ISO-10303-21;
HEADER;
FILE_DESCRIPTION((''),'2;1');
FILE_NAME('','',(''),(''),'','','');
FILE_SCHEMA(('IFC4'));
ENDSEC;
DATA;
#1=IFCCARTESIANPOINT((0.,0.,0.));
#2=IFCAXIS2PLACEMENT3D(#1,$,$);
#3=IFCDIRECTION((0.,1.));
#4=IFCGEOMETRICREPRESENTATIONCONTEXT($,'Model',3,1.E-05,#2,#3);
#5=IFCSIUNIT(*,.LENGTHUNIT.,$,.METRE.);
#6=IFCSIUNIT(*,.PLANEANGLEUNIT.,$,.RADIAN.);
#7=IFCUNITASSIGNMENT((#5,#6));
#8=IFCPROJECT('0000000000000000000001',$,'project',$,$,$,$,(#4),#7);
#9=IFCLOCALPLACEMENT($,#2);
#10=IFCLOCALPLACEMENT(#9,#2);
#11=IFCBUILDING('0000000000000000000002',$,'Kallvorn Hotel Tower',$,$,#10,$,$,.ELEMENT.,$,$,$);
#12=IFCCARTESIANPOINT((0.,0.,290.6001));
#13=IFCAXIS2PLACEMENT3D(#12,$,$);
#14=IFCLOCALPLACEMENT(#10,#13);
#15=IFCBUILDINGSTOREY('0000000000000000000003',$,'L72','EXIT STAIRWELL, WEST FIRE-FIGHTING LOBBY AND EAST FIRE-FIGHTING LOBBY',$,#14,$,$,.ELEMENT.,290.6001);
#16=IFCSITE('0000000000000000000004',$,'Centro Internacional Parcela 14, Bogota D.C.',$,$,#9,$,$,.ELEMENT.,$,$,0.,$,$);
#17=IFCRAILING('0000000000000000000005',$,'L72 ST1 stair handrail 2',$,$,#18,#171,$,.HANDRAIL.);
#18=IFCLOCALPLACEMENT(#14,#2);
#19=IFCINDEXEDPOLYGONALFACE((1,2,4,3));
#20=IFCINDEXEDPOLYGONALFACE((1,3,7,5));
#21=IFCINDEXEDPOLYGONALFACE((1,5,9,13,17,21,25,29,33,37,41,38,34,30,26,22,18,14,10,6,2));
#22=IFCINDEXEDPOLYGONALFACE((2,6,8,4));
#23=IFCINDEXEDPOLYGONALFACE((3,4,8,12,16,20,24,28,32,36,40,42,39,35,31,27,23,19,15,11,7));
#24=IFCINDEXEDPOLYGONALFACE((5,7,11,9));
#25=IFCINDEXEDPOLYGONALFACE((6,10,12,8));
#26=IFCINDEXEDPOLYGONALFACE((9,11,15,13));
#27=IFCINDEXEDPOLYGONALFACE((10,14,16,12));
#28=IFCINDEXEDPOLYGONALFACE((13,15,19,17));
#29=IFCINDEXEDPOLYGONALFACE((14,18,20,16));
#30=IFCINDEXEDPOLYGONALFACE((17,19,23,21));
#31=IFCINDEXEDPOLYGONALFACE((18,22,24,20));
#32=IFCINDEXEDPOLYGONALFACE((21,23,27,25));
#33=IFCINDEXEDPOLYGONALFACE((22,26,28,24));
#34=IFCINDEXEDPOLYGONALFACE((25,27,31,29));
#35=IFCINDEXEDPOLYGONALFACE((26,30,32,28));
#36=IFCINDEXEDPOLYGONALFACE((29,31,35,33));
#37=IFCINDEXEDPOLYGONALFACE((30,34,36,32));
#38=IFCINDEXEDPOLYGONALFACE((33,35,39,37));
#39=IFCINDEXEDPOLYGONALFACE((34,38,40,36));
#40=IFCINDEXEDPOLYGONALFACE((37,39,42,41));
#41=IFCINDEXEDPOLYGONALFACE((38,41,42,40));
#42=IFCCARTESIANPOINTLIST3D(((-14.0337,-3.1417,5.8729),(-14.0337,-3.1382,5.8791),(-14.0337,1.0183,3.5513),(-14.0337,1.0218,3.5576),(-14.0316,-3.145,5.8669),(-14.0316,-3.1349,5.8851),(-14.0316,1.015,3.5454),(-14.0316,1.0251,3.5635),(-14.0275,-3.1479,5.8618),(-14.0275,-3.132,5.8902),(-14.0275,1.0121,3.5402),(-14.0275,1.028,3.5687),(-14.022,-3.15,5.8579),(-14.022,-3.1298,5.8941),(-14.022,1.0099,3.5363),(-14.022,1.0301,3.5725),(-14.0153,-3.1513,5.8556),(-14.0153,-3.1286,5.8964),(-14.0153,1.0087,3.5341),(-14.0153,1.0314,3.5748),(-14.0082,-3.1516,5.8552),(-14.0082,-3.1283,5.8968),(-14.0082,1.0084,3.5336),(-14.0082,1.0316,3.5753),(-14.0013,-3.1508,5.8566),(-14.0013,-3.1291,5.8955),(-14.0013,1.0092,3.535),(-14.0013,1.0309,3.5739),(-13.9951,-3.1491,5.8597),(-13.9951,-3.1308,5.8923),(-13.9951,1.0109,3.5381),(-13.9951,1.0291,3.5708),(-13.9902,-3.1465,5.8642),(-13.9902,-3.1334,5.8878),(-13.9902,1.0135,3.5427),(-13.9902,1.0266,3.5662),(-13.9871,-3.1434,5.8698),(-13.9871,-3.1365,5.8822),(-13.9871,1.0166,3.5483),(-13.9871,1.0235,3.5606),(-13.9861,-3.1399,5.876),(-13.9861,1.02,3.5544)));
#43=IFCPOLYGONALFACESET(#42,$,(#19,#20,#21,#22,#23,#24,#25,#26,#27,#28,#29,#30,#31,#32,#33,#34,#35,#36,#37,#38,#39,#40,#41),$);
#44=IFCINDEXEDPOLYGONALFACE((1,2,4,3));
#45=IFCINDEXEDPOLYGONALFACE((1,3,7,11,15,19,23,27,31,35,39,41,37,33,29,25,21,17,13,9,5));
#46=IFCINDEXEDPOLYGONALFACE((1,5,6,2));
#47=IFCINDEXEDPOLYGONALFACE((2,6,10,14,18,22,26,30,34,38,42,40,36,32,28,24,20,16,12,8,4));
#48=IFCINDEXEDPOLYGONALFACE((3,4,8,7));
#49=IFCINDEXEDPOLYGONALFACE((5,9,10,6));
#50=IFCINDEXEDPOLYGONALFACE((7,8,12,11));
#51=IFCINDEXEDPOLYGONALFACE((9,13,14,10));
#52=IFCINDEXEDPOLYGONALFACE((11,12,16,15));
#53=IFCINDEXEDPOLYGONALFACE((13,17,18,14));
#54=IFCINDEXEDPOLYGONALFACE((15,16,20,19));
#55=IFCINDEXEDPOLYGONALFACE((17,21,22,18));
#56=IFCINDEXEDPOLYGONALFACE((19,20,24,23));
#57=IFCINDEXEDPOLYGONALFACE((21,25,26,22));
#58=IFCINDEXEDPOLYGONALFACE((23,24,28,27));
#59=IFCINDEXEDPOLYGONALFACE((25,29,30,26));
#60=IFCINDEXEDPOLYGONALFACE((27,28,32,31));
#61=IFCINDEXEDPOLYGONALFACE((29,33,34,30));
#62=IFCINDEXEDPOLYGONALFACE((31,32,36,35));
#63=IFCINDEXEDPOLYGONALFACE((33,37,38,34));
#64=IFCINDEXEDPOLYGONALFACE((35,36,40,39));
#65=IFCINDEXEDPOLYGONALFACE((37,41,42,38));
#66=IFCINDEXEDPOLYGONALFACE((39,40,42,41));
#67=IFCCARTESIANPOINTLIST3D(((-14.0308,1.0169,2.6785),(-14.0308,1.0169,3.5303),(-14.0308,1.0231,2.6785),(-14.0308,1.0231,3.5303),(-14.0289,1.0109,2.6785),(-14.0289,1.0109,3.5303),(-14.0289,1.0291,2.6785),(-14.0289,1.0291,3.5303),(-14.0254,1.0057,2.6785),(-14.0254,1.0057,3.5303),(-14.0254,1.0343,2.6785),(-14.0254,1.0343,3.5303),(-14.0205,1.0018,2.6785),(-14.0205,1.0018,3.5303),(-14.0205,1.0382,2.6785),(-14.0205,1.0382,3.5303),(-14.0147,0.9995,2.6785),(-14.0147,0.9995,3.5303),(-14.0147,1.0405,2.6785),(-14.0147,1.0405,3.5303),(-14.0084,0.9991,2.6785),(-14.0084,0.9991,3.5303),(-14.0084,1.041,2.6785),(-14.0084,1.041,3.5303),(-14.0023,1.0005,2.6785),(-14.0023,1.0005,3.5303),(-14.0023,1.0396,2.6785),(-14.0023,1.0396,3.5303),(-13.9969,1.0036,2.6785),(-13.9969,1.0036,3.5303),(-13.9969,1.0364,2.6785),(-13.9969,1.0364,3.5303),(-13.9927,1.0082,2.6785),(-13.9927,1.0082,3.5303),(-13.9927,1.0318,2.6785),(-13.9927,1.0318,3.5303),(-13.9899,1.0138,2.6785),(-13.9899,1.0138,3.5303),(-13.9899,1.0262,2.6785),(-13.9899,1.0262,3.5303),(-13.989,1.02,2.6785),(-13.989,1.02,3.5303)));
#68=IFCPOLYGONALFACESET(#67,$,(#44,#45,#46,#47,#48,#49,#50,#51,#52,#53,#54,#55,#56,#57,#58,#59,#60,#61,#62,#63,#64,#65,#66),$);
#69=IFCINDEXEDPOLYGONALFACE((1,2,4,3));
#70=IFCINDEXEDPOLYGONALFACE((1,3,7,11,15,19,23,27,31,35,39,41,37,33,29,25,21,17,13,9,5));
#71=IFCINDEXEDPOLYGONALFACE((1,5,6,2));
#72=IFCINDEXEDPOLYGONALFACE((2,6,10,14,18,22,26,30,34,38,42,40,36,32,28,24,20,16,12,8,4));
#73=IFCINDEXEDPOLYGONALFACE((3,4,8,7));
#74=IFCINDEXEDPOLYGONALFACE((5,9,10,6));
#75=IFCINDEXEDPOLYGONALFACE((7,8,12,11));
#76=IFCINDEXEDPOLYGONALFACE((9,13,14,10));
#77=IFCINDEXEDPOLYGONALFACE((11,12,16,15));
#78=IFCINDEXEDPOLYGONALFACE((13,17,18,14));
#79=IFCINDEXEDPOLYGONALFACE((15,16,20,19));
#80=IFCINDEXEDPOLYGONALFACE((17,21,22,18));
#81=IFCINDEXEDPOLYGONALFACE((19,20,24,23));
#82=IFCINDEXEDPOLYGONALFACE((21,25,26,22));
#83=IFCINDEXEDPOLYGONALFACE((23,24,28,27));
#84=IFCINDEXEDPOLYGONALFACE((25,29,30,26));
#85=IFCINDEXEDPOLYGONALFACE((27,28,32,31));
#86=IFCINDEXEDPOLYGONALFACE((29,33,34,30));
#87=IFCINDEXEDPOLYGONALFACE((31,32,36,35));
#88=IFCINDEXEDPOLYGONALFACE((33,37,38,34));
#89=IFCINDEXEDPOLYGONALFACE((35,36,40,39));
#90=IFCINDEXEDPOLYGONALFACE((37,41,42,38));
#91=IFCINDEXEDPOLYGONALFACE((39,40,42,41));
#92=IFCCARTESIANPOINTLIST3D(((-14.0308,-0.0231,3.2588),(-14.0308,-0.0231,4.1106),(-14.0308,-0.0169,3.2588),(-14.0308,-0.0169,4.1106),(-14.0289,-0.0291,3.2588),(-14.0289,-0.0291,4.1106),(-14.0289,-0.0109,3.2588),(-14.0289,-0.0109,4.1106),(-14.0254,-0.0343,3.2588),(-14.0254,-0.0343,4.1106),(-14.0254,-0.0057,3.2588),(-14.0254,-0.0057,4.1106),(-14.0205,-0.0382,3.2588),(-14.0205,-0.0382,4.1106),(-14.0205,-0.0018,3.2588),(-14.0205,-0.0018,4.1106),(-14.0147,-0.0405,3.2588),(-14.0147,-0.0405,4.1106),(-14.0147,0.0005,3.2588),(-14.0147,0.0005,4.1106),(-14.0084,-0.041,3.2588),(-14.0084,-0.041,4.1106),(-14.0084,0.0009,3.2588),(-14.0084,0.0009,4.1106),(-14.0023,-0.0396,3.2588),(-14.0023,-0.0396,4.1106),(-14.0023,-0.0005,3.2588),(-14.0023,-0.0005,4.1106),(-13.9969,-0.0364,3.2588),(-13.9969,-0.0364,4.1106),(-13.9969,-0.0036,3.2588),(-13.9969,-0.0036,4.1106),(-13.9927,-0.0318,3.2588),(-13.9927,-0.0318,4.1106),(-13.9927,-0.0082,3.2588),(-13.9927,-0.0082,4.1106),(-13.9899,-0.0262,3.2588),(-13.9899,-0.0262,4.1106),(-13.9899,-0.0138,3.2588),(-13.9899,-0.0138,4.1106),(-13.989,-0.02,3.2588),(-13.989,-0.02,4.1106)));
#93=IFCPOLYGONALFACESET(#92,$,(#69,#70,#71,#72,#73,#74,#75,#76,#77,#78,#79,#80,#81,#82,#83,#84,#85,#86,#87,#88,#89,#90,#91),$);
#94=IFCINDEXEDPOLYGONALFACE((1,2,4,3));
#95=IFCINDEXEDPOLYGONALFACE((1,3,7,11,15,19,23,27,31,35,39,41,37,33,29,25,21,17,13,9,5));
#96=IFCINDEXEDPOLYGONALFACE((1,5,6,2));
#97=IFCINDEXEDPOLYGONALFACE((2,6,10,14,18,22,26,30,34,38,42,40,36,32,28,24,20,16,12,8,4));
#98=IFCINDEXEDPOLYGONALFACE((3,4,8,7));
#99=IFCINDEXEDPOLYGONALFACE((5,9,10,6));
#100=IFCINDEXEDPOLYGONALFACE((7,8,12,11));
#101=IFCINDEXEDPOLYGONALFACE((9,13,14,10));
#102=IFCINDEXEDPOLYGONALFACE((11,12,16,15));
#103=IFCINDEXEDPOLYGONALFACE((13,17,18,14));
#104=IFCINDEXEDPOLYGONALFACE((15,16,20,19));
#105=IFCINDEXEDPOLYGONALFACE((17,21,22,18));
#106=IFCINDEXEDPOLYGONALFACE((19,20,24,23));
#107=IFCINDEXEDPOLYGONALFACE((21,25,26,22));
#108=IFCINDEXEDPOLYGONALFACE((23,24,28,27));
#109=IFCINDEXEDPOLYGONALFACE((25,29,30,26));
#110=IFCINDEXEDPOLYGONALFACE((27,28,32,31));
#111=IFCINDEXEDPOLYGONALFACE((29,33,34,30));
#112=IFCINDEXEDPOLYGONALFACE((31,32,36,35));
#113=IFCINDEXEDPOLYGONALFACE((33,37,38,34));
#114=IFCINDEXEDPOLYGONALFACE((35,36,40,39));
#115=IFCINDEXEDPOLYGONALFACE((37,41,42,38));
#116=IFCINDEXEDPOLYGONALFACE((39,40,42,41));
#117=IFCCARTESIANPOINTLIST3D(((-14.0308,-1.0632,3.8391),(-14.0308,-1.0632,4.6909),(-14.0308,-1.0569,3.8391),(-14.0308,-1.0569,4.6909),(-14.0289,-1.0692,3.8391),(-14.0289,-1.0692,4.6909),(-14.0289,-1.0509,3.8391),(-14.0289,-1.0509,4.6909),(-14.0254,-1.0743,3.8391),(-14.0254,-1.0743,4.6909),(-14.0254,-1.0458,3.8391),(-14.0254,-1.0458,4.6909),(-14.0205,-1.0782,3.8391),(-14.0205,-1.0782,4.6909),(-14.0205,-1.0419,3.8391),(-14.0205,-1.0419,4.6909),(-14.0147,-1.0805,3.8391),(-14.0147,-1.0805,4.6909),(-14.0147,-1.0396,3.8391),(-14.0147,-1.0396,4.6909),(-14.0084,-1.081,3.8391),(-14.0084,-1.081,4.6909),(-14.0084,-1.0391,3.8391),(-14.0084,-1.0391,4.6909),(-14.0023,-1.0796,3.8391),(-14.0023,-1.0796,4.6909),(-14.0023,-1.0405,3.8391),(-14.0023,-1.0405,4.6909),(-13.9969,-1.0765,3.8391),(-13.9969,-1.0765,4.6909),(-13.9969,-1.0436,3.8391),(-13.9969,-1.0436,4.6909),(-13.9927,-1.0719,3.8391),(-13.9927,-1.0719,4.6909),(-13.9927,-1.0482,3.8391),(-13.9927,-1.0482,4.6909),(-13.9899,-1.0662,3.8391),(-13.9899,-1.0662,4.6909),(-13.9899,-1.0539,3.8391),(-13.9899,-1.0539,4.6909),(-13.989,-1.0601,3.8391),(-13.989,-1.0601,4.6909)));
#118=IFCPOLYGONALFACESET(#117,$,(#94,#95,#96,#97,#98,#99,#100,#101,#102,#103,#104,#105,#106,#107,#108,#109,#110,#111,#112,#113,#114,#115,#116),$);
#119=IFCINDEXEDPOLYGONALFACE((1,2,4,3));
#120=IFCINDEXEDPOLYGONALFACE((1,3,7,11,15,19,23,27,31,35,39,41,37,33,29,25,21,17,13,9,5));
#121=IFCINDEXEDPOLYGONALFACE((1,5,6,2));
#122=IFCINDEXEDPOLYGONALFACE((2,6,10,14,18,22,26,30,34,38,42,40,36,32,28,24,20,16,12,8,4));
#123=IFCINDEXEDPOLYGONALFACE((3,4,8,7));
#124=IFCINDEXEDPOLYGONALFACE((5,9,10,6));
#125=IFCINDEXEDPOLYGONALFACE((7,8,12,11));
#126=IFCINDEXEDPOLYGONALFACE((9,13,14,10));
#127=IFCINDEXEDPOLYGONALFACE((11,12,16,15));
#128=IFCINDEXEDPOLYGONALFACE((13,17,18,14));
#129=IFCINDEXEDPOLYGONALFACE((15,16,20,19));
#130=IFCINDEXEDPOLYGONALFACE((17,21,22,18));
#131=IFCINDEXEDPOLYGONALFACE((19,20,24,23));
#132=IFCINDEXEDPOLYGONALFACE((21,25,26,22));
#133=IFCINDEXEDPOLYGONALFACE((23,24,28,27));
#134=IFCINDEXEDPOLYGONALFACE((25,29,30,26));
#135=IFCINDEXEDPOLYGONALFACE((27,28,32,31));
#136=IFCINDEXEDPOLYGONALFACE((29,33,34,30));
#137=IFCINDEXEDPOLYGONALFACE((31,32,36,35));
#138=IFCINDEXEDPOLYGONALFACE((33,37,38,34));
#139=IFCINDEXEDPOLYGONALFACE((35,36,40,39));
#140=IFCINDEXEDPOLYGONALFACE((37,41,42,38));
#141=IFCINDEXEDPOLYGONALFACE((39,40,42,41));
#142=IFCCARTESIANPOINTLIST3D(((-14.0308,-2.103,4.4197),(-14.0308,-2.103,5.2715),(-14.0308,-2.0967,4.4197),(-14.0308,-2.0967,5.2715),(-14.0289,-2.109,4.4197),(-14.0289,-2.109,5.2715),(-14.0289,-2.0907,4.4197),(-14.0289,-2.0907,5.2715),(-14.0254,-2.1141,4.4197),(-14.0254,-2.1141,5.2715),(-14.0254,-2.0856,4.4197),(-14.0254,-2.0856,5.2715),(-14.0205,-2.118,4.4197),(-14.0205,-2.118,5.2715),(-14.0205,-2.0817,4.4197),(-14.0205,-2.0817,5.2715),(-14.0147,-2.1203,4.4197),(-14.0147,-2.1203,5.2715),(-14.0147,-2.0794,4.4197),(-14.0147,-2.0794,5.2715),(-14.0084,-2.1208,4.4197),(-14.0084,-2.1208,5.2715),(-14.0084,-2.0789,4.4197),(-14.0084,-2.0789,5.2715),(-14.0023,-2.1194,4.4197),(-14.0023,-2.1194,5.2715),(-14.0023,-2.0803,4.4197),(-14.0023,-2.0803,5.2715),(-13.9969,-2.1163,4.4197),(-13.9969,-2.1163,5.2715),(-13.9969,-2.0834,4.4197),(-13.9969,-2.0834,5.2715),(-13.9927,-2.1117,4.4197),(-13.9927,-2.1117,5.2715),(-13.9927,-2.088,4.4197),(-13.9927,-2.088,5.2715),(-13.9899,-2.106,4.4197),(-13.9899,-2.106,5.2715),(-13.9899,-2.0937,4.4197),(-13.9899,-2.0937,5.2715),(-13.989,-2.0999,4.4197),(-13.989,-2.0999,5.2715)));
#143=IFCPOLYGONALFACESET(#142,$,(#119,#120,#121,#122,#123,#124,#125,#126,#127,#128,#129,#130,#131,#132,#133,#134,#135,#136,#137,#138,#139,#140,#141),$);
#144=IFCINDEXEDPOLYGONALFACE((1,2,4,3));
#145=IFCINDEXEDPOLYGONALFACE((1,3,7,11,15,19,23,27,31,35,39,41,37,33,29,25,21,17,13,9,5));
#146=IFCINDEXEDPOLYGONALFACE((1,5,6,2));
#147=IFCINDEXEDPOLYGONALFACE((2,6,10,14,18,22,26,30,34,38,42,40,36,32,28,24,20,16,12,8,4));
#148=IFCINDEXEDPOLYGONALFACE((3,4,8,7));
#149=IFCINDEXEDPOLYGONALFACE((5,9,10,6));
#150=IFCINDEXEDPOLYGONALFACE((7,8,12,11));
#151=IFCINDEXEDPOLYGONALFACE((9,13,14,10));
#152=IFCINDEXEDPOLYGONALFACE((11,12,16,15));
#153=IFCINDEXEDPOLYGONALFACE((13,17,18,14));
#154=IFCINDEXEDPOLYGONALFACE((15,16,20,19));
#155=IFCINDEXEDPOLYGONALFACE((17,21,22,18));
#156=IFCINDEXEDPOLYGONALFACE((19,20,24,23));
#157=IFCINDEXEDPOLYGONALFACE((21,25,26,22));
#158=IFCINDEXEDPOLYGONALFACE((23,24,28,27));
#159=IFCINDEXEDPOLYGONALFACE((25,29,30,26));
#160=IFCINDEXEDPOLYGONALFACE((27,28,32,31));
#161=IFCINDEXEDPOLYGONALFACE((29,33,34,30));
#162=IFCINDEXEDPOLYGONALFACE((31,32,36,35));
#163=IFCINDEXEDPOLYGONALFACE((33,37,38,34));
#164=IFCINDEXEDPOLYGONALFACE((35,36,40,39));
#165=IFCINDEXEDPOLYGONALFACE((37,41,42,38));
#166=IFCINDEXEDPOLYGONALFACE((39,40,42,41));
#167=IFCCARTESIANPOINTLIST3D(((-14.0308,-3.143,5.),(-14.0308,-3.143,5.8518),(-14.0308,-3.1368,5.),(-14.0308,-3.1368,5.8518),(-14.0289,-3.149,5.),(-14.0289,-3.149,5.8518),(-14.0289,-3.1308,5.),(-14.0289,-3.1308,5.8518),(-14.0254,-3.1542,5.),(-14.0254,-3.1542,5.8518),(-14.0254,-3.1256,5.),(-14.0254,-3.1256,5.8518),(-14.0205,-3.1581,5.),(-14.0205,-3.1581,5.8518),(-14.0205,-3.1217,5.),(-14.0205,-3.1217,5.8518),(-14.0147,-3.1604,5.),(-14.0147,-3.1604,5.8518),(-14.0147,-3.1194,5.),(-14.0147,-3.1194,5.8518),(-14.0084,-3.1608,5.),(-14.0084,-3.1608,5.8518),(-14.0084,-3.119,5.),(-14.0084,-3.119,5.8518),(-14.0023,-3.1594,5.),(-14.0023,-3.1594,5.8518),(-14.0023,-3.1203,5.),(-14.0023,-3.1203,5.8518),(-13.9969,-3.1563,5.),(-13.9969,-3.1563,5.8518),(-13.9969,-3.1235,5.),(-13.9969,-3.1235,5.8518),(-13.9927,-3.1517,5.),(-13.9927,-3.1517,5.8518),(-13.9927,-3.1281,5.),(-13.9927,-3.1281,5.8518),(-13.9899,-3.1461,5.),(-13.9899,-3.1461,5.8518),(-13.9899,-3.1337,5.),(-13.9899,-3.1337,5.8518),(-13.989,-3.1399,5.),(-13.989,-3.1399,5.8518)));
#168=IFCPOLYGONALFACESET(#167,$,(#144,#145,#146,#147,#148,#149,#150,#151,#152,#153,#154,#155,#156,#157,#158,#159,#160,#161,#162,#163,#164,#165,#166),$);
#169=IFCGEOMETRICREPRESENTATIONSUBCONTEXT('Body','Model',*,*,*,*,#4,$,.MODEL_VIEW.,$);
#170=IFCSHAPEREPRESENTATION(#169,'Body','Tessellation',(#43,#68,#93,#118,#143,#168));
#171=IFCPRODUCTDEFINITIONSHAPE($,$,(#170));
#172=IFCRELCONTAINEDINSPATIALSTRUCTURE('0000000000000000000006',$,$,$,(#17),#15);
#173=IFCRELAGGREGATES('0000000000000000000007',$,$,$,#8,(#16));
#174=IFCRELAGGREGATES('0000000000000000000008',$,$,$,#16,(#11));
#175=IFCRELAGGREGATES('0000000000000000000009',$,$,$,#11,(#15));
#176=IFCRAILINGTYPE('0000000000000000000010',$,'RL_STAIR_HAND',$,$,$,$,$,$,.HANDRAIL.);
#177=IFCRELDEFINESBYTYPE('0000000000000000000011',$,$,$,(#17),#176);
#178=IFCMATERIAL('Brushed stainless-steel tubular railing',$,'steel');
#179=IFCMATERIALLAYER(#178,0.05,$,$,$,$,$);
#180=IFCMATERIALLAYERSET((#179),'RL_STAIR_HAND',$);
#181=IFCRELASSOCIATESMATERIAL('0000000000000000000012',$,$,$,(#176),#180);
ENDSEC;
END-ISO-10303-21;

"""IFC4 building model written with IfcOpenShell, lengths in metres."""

from ifc_helpers import new_model, si_unit, direction, frame, origin, origin_2d, place, context, subcontext, project, spatial, circle, extrude, material, layer, layer_set, type_object, element, save


model = new_model("IFC4")

# Units and contexts
model_context = context("Model", 3, precision=1e-05, world=origin(), true_north=direction((0.0, 1.0)))
body_context = subcontext(model_context, "Body", "Model", "MODEL_VIEW")
ifc_project = project(units=[si_unit("LENGTHUNIT", "METRE"), si_unit("PLANEANGLEUNIT", "RADIAN")], contexts=[model_context])

# Site, building, storey
site_placement = place(None, origin())
site = spatial("IfcSite", under=ifc_project, at=site_placement, Name="Centro Internacional Parcela 14, Bogota D.C.", CompositionType="ELEMENT", RefElevation=0.0)
building_placement = place(site_placement, origin())
building = spatial("IfcBuilding", under=site, at=building_placement, Name="Kallvorn Hotel Tower", CompositionType="ELEMENT")
storey_placement = place(building_placement, frame((0.0, 0.0, 290.6001)))
storey = spatial("IfcBuildingStorey", under=building, at=storey_placement, Name="L72", Description="EXIT STAIRWELL, WEST FIRE-FIGHTING LOBBY AND EAST FIRE-FIGHTING LOBBY", CompositionType="ELEMENT", Elevation=290.6001)

# Railing
ifc_material_1 = material(Name="Brushed stainless-steel tubular railing", Category="steel")
ifc_layer_1 = layer(ifc_material_1, 0.05)
ifc_layer_set_1 = layer_set([ifc_layer_1], Name="RL_STAIR_HAND")
railing_type_1 = type_object("IfcRailingType", Name="RL_STAIR_HAND", PredefinedType="HANDRAIL", material=ifc_layer_set_1)
railing_1_placement = place(storey_placement, frame((-14.01, 1.02, 2.6785)))
element("IfcRailing", 1, at=railing_1_placement, inside=storey, type_object=railing_type_1, Name="L72 ST1 stair handrail 2", PredefinedType="HANDRAIL", context=body_context, shape_type="SweptSolid", body=[
    extrude(circle(Radius=0.0239, at=origin_2d()), frame((0.0, 0.0, 0.876), z_axis=(0.0, -0.873223, 0.487322), x_axis=(1.0, 0.0, 0.0)), (0.0, 0.0, 1.0), 4.7639),
    extrude(circle(Radius=0.021, at=origin_2d()), origin(), (0.0, 0.0, 1.0), 0.8518),
    extrude(circle(Radius=0.021, at=origin_2d()), frame((0.0, -1.04, 0.5803)), (0.0, 0.0, 1.0), 0.8518),
    extrude(circle(Radius=0.021, at=origin_2d()), frame((0.0, -2.0801, 1.1606)), (0.0, 0.0, 1.0), 0.8518),
    extrude(circle(Radius=0.021, at=origin_2d()), frame((0.0, -3.1199, 1.7412)), (0.0, 0.0, 1.0), 0.8518),
    extrude(circle(Radius=0.021, at=origin_2d()), frame((0.0, -4.1599, 2.3215)), (0.0, 0.0, 1.0), 0.8518),
])

save(model, "model.ifc")
